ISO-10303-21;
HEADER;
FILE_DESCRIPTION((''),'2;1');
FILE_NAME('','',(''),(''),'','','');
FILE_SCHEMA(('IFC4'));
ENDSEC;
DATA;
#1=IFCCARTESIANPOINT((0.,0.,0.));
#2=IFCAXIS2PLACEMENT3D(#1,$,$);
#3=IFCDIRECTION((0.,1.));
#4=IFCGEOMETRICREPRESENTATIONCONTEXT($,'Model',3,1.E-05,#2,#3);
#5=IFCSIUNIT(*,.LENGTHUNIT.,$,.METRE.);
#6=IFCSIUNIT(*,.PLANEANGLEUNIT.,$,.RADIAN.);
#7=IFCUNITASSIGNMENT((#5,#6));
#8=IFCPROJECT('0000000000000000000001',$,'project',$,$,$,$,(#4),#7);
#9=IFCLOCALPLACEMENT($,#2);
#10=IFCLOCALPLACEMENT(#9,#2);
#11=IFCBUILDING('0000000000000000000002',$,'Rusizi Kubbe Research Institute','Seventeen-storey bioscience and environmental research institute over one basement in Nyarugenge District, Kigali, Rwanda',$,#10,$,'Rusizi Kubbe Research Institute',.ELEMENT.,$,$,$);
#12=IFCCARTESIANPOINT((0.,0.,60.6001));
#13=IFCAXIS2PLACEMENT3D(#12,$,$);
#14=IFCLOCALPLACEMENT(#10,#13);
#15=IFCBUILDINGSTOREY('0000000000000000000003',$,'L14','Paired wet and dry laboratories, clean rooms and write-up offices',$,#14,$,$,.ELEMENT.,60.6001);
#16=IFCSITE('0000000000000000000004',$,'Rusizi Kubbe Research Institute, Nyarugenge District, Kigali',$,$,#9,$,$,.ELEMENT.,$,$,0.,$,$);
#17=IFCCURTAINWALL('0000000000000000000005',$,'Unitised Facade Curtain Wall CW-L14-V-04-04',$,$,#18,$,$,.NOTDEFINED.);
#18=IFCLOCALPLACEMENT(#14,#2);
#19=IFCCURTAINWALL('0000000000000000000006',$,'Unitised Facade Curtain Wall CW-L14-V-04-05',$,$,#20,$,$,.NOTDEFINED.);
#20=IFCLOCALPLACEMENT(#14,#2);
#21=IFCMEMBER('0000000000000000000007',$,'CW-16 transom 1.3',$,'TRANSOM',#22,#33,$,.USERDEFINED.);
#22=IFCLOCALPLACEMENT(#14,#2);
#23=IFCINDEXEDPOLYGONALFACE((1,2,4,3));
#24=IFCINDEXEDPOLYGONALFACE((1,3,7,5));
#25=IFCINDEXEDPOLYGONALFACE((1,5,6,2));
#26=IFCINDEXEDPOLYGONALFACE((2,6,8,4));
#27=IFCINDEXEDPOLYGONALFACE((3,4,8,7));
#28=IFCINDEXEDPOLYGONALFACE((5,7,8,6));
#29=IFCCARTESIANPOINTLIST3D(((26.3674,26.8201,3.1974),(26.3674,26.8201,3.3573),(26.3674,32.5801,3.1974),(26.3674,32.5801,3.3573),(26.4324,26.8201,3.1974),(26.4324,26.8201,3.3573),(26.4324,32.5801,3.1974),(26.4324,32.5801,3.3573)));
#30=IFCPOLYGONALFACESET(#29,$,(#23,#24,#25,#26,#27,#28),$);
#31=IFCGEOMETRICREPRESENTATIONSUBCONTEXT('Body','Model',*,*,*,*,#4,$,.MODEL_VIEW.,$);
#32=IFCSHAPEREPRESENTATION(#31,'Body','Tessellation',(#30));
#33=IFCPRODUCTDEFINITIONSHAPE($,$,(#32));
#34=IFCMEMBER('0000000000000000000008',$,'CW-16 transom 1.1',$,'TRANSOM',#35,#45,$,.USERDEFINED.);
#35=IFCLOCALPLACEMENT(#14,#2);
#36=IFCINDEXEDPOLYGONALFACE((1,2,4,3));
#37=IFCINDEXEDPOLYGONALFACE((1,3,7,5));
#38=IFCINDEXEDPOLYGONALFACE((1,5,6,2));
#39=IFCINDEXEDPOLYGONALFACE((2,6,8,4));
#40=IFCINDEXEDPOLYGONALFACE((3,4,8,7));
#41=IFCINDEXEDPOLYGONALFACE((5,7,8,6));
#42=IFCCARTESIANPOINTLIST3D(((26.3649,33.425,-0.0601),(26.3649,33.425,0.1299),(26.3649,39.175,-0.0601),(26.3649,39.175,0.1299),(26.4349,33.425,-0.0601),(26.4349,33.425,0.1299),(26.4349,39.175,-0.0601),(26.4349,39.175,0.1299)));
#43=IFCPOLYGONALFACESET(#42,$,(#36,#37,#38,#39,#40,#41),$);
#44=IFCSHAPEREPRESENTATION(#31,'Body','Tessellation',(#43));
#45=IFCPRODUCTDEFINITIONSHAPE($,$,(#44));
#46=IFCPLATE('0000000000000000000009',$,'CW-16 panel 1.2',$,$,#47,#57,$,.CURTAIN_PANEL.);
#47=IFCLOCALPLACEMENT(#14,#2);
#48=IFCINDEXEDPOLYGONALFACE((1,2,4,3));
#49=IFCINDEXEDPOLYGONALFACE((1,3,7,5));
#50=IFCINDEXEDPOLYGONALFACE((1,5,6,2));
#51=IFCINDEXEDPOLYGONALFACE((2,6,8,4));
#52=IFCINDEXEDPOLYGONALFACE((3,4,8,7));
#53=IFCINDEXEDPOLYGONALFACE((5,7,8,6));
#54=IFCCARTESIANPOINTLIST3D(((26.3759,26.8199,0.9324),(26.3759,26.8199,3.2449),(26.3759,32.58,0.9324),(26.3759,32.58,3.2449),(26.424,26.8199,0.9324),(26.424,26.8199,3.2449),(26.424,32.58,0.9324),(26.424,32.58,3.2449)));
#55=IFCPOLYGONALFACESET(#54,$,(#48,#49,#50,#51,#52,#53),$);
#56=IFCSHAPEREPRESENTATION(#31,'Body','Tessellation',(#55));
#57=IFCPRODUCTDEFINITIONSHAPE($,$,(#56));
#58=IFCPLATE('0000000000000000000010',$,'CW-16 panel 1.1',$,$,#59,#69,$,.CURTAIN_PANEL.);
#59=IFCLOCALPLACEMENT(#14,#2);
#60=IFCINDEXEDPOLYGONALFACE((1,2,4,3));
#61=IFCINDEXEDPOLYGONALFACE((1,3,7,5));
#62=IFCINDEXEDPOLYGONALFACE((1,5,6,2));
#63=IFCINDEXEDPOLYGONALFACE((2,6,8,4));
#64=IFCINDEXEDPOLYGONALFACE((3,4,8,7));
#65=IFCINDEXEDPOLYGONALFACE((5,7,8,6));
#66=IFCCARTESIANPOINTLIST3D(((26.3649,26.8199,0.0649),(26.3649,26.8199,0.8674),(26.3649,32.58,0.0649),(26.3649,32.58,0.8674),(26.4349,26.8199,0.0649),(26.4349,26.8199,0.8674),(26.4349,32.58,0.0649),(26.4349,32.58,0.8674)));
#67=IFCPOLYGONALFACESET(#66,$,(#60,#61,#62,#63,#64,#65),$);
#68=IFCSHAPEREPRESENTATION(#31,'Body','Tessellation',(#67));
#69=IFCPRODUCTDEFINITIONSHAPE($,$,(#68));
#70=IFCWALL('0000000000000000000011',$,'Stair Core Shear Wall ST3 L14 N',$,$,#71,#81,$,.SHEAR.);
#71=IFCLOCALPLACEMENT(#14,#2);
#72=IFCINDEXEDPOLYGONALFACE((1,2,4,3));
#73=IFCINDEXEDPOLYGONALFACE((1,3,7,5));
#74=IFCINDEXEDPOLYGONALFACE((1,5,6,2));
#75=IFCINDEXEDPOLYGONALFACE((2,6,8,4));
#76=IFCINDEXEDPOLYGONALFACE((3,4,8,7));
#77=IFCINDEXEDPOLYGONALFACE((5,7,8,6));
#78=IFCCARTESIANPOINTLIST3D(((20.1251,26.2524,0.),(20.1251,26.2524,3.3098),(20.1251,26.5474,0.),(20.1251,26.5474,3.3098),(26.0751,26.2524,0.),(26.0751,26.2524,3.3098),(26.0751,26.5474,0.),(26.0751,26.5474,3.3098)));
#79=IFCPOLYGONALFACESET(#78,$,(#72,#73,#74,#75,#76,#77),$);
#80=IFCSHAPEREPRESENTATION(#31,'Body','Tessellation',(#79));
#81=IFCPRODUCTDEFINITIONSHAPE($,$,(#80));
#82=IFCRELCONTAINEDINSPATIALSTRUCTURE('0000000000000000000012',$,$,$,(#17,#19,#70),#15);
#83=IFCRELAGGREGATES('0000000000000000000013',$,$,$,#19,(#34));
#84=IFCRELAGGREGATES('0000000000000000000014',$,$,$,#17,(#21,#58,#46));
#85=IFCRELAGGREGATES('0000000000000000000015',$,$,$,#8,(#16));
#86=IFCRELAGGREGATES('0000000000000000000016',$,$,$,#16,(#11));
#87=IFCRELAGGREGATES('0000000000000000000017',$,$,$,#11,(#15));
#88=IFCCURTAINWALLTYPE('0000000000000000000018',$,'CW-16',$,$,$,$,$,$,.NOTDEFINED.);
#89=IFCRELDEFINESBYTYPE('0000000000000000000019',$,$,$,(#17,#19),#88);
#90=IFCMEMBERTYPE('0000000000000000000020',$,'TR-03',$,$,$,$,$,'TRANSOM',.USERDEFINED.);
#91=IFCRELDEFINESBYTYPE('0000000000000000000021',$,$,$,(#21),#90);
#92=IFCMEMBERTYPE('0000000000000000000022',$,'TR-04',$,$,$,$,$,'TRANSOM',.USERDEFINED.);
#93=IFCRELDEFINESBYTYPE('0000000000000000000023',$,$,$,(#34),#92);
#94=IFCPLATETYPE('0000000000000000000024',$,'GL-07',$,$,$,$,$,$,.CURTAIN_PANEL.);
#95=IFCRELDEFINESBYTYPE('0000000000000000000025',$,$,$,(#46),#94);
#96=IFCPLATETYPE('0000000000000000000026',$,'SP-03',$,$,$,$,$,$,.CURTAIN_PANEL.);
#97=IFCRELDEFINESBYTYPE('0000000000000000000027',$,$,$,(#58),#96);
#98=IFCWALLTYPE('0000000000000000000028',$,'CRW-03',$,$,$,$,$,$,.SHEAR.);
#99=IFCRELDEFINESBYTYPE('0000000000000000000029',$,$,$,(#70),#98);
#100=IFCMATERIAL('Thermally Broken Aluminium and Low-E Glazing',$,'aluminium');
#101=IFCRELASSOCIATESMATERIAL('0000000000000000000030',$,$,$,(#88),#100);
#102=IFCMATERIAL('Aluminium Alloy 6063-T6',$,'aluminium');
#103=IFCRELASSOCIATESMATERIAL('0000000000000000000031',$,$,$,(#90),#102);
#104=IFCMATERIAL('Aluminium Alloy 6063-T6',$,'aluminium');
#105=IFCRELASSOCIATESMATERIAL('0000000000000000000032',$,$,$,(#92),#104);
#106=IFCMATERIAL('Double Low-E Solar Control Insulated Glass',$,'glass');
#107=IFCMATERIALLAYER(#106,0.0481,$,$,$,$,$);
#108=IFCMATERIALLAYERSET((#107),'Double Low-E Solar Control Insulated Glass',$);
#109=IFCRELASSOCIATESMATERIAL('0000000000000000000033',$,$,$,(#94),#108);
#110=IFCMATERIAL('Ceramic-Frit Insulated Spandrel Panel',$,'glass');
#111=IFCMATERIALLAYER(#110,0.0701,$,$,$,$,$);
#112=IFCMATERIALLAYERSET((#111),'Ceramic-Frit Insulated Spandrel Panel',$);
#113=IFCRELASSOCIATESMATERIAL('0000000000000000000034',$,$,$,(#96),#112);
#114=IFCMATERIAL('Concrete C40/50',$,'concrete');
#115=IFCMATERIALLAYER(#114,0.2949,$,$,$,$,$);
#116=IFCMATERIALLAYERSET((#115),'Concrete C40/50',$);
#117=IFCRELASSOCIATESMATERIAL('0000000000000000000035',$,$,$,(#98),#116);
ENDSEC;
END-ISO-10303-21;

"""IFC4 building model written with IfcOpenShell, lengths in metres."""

from ifc_helpers import new_model, si_unit, direction, frame, frame_2d, origin, origin_2d, place, context, subcontext, project, spatial, rectangle, extrude, material, layer, layer_set, material_profile, profile_set, type_object, element, aggregate, save


model = new_model("IFC4")

# Units and contexts
model_context = context("Model", 3, precision=1e-05, world=origin(), true_north=direction((0.0, 1.0)))
body_context = subcontext(model_context, "Body", "Model", "MODEL_VIEW")
ifc_project = project(units=[si_unit("LENGTHUNIT", "METRE"), si_unit("PLANEANGLEUNIT", "RADIAN")], contexts=[model_context])

# Site, building, storey
site_placement = place(None, origin())
site = spatial("IfcSite", under=ifc_project, at=site_placement, Name="Rusizi Kubbe Research Institute, Nyarugenge District, Kigali", CompositionType="ELEMENT", RefElevation=0.0)
building_placement = place(site_placement, origin())
building = spatial("IfcBuilding", under=site, at=building_placement, Name="Rusizi Kubbe Research Institute", Description="Seventeen-storey bioscience and environmental research institute over one basement in Nyarugenge District, Kigali, Rwanda", LongName="Rusizi Kubbe Research Institute", CompositionType="ELEMENT")
storey_placement = place(building_placement, frame((0.0, 0.0, 60.6001)))
storey = spatial("IfcBuildingStorey", under=building, at=storey_placement, Name="L14", Description="Paired wet and dry laboratories, clean rooms and write-up offices", CompositionType="ELEMENT", Elevation=60.6001)

# Curtain wall
ifc_material_1 = material(Name="Thermally Broken Aluminium and Low-E Glazing", Category="aluminium")
curtain_wall_type = type_object("IfcCurtainWallType", Name="CW-16", PredefinedType="NOTDEFINED", material=ifc_material_1)
curtain_wall_1_placement = place(storey_placement, origin())
curtain_wall_1 = element("IfcCurtainWall", 1, at=curtain_wall_1_placement, inside=storey, type_object=curtain_wall_type, Name="Unitised Facade Curtain Wall CW-L14-V-04-04", PredefinedType="NOTDEFINED")

# Curtain wall
curtain_wall_2_placement = place(storey_placement, origin())
curtain_wall_2 = element("IfcCurtainWall", 2, at=curtain_wall_2_placement, inside=storey, type_object=curtain_wall_type, Name="Unitised Facade Curtain Wall CW-L14-V-04-05", PredefinedType="NOTDEFINED")

# Members
ifc_material_2 = material(Name="Aluminium Alloy 6063-T6", Category="aluminium")
ifc_material_profile_1 = material_profile(ifc_material_2, rectangle(XDim=0.0649, YDim=0.1599, at=origin_2d()), Name="ALU-T 65x160")
ifc_profile_set_1 = profile_set([ifc_material_profile_1], Name="Aluminium Alloy 6063-T6")
member_type_1 = type_object("IfcMemberType", Name="TR-03", ElementType="TRANSOM", PredefinedType="USERDEFINED", material=ifc_profile_set_1)
member_1_placement = place(storey_placement, frame((26.3999, 26.8201, 3.2773), z_axis=(0.0, 1.0, 0.0), x_axis=(-1.0, 0.0, 0.0)))
member_1 = element("IfcMember", 3, at=member_1_placement, type_object=member_type_1, Name="CW-16 transom 1.3", ObjectType="TRANSOM", PredefinedType="USERDEFINED", context=body_context, shape_type="SweptSolid", body=[
    extrude(rectangle(XDim=0.0649, YDim=0.1599, at=origin_2d()), origin(), (0.0, 0.0, 1.0), 5.76),
])
ifc_material_3 = material(Name="Aluminium Alloy 6063-T6", Category="aluminium")
ifc_material_profile_2 = material_profile(ifc_material_3, rectangle(XDim=0.0701, YDim=0.1899, at=origin_2d()), Name="ALU-T 70x190")
ifc_profile_set_2 = profile_set([ifc_material_profile_2], Name="Aluminium Alloy 6063-T6")
member_type_2 = type_object("IfcMemberType", Name="TR-04", ElementType="TRANSOM", PredefinedType="USERDEFINED", material=ifc_profile_set_2)
member_2_placement = place(storey_placement, frame((26.3999, 33.425, 0.0349), z_axis=(0.0, 1.0, 0.0), x_axis=(-1.0, 0.0, 0.0)))
member_2 = element("IfcMember", 4, at=member_2_placement, type_object=member_type_2, Name="CW-16 transom 1.1", ObjectType="TRANSOM", PredefinedType="USERDEFINED", context=body_context, shape_type="SweptSolid", body=[
    extrude(rectangle(XDim=0.0701, YDim=0.1899, at=origin_2d()), origin(), (0.0, 0.0, 1.0), 5.75),
])
aggregate(curtain_wall_2, [member_2])

# Plates
ifc_material_4 = material(Name="Double Low-E Solar Control Insulated Glass", Category="glass")
ifc_layer_1 = layer(ifc_material_4, 0.0481)
ifc_layer_set_1 = layer_set([ifc_layer_1], Name="Double Low-E Solar Control Insulated Glass")
plate_type_1 = type_object("IfcPlateType", Name="GL-07", PredefinedType="CURTAIN_PANEL", material=ifc_layer_set_1)
plate_1_placement = place(storey_placement, frame((26.3999, 29.7, 0.9324), z_axis=(0.0, 0.0, 1.0), x_axis=(0.0, 1.0, 0.0)))
plate_1 = element("IfcPlate", 5, at=plate_1_placement, type_object=plate_type_1, Name="CW-16 panel 1.2", PredefinedType="CURTAIN_PANEL", context=body_context, shape_type="SweptSolid", body=[
    extrude(rectangle(XDim=5.76, YDim=0.0481, at=origin_2d()), origin(), (0.0, 0.0, 1.0), 2.3125),
])
ifc_material_5 = material(Name="Ceramic-Frit Insulated Spandrel Panel", Category="glass")
ifc_layer_2 = layer(ifc_material_5, 0.0701)
ifc_layer_set_2 = layer_set([ifc_layer_2], Name="Ceramic-Frit Insulated Spandrel Panel")
plate_type_2 = type_object("IfcPlateType", Name="SP-03", PredefinedType="CURTAIN_PANEL", material=ifc_layer_set_2)
plate_2_placement = place(storey_placement, frame((26.3999, 29.7, 0.0649), z_axis=(0.0, 0.0, 1.0), x_axis=(0.0, 1.0, 0.0)))
plate_2 = element("IfcPlate", 6, at=plate_2_placement, type_object=plate_type_2, Name="CW-16 panel 1.1", PredefinedType="CURTAIN_PANEL", context=body_context, shape_type="SweptSolid", body=[
    extrude(rectangle(XDim=5.76, YDim=0.0701, at=origin_2d()), origin(), (0.0, 0.0, 1.0), 0.8025),
])
aggregate(curtain_wall_1, [member_1, plate_2, plate_1])

# Wall
ifc_material_6 = material(Name="Concrete C40/50", Category="concrete")
ifc_layer_3 = layer(ifc_material_6, 0.2949)
ifc_layer_set_3 = layer_set([ifc_layer_3], Name="Concrete C40/50")
wall_type = type_object("IfcWallType", Name="CRW-03", PredefinedType="SHEAR", material=ifc_layer_set_3)
wall_placement = place(storey_placement, frame((20.125, 26.3999, 0.0), z_axis=(0.0, 0.0, 1.0), x_axis=(1.0, 0.0, 0.0)))
element("IfcWall", 7, at=wall_placement, inside=storey, type_object=wall_type, Name="Stair Core Shear Wall ST3 L14 N", PredefinedType="SHEAR", context=body_context, shape_type="SweptSolid", body=[
    extrude(rectangle(XDim=5.95, YDim=0.2949, at=frame_2d((2.9751, 0.0))), origin(), (0.0, 0.0, 1.0), 3.3098),
])

save(model, "model.ifc")
